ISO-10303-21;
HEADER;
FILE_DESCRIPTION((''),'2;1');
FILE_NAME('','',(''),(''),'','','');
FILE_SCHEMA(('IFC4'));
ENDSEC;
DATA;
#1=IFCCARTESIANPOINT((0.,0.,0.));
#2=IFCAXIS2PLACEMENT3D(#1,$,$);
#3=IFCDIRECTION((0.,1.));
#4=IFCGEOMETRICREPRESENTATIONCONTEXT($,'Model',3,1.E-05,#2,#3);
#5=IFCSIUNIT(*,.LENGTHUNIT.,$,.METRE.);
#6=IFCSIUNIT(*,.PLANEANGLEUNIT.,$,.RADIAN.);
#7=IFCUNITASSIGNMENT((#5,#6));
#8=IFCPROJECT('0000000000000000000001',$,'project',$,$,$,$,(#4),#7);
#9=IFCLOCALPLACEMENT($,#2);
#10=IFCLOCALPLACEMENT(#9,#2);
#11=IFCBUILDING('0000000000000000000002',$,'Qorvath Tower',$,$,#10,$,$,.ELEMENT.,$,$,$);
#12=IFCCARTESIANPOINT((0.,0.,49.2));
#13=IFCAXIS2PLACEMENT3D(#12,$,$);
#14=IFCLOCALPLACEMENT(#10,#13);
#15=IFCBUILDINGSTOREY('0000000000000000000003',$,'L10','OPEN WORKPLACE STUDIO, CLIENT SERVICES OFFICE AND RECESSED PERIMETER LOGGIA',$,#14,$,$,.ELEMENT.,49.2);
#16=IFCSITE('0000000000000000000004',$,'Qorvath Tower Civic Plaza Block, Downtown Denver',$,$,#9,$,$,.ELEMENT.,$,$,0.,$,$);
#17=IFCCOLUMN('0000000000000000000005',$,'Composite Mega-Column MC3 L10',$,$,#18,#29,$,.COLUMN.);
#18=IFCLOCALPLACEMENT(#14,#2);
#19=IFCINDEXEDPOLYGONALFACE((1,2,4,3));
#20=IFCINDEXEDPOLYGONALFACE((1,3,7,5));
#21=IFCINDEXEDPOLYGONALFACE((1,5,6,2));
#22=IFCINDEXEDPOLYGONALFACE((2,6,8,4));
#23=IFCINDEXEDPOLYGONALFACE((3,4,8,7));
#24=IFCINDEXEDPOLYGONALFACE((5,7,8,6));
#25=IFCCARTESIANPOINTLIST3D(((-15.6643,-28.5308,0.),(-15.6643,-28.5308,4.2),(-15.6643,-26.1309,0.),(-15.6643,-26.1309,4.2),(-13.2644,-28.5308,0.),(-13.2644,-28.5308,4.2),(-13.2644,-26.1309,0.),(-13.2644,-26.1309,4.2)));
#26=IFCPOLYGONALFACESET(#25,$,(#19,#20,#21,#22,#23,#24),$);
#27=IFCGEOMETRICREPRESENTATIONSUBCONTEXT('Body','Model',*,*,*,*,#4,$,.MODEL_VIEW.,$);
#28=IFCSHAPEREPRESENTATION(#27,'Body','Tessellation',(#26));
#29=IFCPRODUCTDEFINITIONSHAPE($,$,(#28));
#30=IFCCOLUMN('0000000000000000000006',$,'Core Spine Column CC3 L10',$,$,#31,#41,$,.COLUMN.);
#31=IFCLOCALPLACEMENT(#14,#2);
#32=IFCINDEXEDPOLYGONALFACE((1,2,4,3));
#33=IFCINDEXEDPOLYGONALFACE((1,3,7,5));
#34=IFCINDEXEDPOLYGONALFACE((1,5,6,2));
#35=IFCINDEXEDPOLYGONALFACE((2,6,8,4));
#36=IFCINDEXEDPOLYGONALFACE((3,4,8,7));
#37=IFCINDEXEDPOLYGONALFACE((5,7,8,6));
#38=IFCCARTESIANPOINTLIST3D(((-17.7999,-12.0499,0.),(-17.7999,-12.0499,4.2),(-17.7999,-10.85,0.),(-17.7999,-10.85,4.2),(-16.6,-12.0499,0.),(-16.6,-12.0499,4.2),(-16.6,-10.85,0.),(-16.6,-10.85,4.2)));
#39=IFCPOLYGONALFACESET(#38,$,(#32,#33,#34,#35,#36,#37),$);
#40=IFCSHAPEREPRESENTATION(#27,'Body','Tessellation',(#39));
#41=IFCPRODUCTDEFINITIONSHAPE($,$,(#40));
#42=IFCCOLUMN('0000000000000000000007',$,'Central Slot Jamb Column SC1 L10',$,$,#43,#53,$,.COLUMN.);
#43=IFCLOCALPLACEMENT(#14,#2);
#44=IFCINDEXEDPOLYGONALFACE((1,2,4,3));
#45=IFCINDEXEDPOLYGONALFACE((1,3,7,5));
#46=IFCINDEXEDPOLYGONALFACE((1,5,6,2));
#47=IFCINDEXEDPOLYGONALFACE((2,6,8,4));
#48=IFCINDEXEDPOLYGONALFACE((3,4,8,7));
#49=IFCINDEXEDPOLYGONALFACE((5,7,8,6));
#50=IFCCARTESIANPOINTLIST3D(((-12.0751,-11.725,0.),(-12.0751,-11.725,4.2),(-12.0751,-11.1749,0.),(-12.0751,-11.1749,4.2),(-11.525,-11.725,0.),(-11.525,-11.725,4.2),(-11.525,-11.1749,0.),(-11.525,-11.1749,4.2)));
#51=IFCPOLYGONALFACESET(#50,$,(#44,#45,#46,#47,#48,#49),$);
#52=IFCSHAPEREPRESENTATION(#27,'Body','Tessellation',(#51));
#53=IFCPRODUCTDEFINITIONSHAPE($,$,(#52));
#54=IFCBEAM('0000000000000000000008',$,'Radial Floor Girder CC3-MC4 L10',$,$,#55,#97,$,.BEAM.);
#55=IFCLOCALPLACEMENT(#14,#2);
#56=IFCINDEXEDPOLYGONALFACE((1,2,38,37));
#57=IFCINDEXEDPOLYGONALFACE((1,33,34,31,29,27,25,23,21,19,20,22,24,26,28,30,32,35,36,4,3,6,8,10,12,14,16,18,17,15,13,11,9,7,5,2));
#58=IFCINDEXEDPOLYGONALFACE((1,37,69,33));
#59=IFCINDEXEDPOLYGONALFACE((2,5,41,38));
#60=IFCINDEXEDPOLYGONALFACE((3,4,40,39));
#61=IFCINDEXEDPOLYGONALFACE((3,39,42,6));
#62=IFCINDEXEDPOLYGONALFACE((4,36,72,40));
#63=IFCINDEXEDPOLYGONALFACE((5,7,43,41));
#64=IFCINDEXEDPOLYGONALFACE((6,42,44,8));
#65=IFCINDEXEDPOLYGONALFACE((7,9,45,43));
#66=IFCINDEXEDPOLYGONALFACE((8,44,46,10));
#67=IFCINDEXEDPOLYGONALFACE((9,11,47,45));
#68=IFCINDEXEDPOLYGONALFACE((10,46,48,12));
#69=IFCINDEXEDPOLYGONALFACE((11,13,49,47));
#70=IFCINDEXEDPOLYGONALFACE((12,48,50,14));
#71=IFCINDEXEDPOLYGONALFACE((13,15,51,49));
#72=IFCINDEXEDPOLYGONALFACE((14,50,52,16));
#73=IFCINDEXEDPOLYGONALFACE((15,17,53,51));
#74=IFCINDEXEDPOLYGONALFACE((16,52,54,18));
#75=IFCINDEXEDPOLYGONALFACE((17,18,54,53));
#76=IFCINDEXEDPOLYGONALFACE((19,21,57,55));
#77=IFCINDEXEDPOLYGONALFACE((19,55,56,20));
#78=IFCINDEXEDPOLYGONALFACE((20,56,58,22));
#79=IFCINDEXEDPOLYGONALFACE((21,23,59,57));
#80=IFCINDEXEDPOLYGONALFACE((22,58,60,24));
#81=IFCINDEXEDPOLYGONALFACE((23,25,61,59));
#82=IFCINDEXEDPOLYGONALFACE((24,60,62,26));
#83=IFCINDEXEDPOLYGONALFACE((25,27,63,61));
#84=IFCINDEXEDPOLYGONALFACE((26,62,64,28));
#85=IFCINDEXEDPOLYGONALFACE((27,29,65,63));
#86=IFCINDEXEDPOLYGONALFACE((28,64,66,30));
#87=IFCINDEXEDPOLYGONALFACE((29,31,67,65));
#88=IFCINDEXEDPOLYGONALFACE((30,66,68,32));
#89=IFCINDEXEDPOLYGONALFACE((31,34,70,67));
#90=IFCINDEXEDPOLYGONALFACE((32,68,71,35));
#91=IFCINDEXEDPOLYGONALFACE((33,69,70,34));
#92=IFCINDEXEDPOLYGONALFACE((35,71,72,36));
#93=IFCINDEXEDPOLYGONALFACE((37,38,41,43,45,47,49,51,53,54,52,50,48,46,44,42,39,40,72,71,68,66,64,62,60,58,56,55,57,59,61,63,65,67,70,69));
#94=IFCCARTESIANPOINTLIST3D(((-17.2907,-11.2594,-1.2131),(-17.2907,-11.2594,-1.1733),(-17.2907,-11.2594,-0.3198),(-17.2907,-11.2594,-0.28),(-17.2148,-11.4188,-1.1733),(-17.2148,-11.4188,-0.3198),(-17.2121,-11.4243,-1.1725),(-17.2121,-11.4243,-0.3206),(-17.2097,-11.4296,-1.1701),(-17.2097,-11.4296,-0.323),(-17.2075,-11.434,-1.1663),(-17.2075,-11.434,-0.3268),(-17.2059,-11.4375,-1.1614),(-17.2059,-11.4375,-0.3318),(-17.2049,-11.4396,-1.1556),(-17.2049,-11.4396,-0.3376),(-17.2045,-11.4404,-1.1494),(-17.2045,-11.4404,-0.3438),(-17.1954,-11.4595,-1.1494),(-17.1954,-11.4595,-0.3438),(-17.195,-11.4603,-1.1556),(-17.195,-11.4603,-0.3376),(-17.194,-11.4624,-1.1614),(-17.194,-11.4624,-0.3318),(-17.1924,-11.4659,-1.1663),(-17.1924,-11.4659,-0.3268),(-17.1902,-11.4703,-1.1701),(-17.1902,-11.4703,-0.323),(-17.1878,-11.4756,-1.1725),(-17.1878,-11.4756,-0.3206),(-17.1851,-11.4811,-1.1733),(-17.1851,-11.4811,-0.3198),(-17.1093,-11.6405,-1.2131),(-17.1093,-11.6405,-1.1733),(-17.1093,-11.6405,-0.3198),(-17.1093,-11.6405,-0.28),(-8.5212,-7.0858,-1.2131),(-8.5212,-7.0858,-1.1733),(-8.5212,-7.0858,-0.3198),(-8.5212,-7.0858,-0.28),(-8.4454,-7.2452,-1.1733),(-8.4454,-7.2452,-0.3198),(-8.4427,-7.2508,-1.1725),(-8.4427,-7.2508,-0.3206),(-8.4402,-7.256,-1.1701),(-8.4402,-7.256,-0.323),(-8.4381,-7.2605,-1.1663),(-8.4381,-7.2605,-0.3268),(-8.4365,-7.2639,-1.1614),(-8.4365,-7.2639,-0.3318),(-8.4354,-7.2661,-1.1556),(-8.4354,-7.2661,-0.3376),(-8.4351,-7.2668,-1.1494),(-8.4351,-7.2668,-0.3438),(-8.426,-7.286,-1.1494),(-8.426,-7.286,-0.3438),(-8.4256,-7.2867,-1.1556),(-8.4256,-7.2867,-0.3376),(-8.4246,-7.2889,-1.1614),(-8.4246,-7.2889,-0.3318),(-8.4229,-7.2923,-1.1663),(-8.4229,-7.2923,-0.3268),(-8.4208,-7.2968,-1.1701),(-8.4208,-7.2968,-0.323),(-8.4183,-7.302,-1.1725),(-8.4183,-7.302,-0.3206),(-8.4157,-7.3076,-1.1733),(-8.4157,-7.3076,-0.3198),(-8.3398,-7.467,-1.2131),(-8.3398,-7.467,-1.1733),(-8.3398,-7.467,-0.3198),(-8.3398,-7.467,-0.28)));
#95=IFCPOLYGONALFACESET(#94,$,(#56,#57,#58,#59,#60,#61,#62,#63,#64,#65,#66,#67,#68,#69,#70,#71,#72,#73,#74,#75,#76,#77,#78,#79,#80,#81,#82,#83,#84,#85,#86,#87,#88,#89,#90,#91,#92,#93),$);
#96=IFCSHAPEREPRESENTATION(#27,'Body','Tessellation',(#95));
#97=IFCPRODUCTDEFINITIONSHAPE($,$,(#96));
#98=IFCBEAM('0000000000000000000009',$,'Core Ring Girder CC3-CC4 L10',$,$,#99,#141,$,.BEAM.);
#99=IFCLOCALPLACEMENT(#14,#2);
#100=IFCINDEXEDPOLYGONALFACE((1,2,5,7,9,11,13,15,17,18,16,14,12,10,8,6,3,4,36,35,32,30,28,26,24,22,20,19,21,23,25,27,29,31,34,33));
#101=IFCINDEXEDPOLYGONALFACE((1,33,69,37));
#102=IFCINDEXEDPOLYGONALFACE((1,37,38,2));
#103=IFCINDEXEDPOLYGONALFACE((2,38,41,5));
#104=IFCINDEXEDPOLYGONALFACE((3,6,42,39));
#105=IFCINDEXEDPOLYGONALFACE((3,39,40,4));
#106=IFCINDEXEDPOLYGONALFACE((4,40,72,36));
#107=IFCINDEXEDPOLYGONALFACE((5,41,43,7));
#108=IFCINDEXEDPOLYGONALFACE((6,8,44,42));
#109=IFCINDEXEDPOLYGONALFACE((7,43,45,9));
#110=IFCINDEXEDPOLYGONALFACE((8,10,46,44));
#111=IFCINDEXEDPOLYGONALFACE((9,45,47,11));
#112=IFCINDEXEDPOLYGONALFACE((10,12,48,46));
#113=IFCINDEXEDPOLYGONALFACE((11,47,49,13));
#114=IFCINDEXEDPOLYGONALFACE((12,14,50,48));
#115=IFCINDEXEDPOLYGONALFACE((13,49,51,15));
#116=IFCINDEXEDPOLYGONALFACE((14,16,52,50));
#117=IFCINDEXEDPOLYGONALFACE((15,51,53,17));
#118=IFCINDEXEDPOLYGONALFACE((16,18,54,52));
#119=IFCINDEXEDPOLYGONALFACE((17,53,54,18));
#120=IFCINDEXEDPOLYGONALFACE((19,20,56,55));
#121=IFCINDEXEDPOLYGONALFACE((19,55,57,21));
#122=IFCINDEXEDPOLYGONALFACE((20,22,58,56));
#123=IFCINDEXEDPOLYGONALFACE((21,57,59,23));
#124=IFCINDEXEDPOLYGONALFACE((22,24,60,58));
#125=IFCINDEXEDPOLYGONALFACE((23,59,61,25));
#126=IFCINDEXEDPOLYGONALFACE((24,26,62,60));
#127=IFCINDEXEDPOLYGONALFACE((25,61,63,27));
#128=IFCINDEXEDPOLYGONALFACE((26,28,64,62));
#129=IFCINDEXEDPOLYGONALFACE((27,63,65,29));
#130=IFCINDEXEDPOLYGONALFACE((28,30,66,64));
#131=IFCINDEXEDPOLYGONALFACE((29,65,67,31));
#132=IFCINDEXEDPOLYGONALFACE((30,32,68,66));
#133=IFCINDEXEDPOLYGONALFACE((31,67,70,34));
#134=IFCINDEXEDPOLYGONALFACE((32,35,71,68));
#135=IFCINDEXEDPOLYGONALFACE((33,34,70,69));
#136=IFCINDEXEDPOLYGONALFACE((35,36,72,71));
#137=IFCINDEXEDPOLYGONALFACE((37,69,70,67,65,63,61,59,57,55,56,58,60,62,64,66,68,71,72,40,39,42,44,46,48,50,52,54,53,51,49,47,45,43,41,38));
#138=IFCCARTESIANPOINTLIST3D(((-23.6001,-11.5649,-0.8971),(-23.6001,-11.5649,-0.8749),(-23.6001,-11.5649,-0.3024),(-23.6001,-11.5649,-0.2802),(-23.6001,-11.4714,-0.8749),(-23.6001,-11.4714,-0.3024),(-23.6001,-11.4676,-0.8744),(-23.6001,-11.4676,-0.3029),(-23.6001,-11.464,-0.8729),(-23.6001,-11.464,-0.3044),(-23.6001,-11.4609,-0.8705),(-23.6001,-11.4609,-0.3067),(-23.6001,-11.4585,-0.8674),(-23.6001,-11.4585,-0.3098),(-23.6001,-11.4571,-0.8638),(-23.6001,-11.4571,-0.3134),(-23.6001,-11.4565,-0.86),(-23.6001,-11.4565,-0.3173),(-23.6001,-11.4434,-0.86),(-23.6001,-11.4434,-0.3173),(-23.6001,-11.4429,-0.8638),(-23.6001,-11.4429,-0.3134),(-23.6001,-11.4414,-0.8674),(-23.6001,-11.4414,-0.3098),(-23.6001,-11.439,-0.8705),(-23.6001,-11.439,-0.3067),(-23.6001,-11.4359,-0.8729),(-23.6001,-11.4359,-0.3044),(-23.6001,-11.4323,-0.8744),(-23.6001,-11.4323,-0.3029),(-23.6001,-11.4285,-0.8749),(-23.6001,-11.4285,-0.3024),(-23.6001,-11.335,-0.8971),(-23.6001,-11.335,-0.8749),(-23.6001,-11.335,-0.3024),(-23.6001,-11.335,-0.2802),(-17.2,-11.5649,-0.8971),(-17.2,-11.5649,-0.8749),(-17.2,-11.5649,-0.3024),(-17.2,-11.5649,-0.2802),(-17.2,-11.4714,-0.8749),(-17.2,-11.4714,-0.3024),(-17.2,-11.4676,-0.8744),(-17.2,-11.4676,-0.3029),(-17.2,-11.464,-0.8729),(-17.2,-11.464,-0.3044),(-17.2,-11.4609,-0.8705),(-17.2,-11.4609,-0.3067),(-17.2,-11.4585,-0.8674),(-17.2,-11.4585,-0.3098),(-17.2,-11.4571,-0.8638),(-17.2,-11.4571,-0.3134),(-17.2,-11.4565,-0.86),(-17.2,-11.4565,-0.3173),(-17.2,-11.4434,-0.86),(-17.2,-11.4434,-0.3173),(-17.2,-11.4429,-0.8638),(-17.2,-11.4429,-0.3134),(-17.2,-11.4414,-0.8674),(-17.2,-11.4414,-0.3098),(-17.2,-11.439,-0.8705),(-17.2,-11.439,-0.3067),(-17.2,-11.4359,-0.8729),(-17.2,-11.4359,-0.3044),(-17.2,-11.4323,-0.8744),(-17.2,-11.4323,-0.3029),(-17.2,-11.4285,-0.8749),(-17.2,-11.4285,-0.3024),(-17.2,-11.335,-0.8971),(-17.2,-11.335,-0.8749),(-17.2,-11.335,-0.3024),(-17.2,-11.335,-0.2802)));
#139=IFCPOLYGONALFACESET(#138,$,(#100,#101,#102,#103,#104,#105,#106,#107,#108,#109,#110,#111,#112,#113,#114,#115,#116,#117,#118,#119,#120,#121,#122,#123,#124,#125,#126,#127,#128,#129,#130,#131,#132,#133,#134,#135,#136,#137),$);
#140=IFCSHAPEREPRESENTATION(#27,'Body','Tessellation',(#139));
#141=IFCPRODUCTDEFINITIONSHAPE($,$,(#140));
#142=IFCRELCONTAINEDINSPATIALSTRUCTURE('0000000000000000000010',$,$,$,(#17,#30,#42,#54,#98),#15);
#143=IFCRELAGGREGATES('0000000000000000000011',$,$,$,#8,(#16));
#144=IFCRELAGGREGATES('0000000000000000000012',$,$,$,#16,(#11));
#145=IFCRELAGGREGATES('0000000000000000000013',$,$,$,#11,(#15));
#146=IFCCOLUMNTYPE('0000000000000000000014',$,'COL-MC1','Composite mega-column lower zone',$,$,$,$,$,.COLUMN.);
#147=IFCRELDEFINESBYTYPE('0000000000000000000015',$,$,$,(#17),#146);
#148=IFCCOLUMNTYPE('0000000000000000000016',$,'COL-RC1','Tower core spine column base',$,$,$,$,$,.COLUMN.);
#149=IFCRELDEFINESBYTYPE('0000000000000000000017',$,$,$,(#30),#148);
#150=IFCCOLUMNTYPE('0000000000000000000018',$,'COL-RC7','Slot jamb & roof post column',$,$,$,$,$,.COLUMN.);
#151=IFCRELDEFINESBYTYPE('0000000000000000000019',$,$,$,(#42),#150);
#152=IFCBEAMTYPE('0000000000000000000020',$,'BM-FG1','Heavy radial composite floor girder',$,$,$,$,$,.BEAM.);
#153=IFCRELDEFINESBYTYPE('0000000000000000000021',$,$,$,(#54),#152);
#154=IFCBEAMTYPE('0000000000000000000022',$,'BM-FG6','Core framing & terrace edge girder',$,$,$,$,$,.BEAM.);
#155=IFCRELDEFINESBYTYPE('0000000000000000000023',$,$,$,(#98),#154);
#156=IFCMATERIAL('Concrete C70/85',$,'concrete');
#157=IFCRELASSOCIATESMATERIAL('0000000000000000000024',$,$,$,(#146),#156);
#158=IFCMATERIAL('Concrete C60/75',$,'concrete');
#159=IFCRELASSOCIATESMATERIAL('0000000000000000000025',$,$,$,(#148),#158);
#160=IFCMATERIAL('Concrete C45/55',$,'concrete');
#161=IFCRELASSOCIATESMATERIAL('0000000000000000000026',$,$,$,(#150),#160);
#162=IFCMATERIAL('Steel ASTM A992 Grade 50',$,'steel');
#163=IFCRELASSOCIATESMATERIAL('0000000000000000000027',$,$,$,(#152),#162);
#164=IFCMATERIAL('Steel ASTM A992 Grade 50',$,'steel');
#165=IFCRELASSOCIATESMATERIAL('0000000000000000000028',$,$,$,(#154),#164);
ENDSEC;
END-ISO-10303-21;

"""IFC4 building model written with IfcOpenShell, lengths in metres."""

from ifc_helpers import new_model, si_unit, direction, frame, origin, origin_2d, place, context, subcontext, project, spatial, rectangle, i_section, extrude, material, material_profile, profile_set, type_object, element, save


model = new_model("IFC4")

# Units and contexts
model_context = context("Model", 3, precision=1e-05, world=origin(), true_north=direction((0.0, 1.0)))
body_context = subcontext(model_context, "Body", "Model", "MODEL_VIEW")
ifc_project = project(units=[si_unit("LENGTHUNIT", "METRE"), si_unit("PLANEANGLEUNIT", "RADIAN")], contexts=[model_context])

# Site, building, storey
site_placement = place(None, origin())
site = spatial("IfcSite", under=ifc_project, at=site_placement, Name="Qorvath Tower Civic Plaza Block, Downtown Denver", CompositionType="ELEMENT", RefElevation=0.0)
building_placement = place(site_placement, origin())
building = spatial("IfcBuilding", under=site, at=building_placement, Name="Qorvath Tower", CompositionType="ELEMENT")
storey_placement = place(building_placement, frame((0.0, 0.0, 49.2)))
storey = spatial("IfcBuildingStorey", under=building, at=storey_placement, Name="L10", Description="OPEN WORKPLACE STUDIO, CLIENT SERVICES OFFICE AND RECESSED PERIMETER LOGGIA", CompositionType="ELEMENT", Elevation=49.2)

# Columns
ifc_material_1 = material(Name="Concrete C70/85", Category="concrete")
ifc_material_profile_1 = material_profile(ifc_material_1, rectangle(XDim=2.3999, YDim=2.3999, at=origin_2d()), Name="MC 2400x2400")
ifc_profile_set_1 = profile_set([ifc_material_profile_1], Name="Concrete C70/85")
column_type_1 = type_object("IfcColumnType", Name="COL-MC1", Description="Composite mega-column lower zone", PredefinedType="COLUMN", material=ifc_profile_set_1)
column_1_placement = place(storey_placement, frame((-14.4644, -27.3308, 0.0), z_axis=(0.0, 0.0, 1.0), x_axis=(1.0, 0.0, 0.0)))
element("IfcColumn", 1, at=column_1_placement, inside=storey, type_object=column_type_1, Name="Composite Mega-Column MC3 L10", PredefinedType="COLUMN", context=body_context, shape_type="SweptSolid", body=[
    extrude(rectangle(XDim=2.3999, YDim=2.3999, at=origin_2d()), origin(), (0.0, 0.0, 1.0), 4.2),
])
ifc_material_2 = material(Name="Concrete C60/75", Category="concrete")
ifc_material_profile_2 = material_profile(ifc_material_2, rectangle(XDim=1.2, YDim=1.2, at=origin_2d()), Name="RC 1200x1200")
ifc_profile_set_2 = profile_set([ifc_material_profile_2], Name="Concrete C60/75")
column_type_2 = type_object("IfcColumnType", Name="COL-RC1", Description="Tower core spine column base", PredefinedType="COLUMN", material=ifc_profile_set_2)
column_2_placement = place(storey_placement, frame((-17.2, -11.45, 0.0), z_axis=(0.0, 0.0, 1.0), x_axis=(1.0, 0.0, 0.0)))
element("IfcColumn", 2, at=column_2_placement, inside=storey, type_object=column_type_2, Name="Core Spine Column CC3 L10", PredefinedType="COLUMN", context=body_context, shape_type="SweptSolid", body=[
    extrude(rectangle(XDim=1.2, YDim=1.2, at=origin_2d()), origin(), (0.0, 0.0, 1.0), 4.2),
])
ifc_material_3 = material(Name="Concrete C45/55", Category="concrete")
ifc_material_profile_3 = material_profile(ifc_material_3, rectangle(XDim=0.55, YDim=0.55, at=origin_2d()), Name="RC 550x550")
ifc_profile_set_3 = profile_set([ifc_material_profile_3], Name="Concrete C45/55")
column_type_3 = type_object("IfcColumnType", Name="COL-RC7", Description="Slot jamb & roof post column", PredefinedType="COLUMN", material=ifc_profile_set_3)
column_3_placement = place(storey_placement, frame((-11.8, -11.45, 0.0), z_axis=(0.0, 0.0, 1.0), x_axis=(1.0, 0.0, 0.0)))
element("IfcColumn", 3, at=column_3_placement, inside=storey, type_object=column_type_3, Name="Central Slot Jamb Column SC1 L10", PredefinedType="COLUMN", context=body_context, shape_type="SweptSolid", body=[
    extrude(rectangle(XDim=0.55, YDim=0.55, at=origin_2d()), origin(), (0.0, 0.0, 1.0), 4.2),
])

# Beams
ifc_material_4 = material(Name="Steel ASTM A992 Grade 50", Category="steel")
ifc_material_profile_4 = material_profile(ifc_material_4, i_section(OverallWidth=0.4221, OverallDepth=0.9331, WebThickness=0.0212, FlangeThickness=0.0398, FilletRadius=0.0239, at=origin_2d()), Name="W36x262")
ifc_profile_set_4 = profile_set([ifc_material_profile_4], Name="Steel ASTM A992 Grade 50")
beam_type_1 = type_object("IfcBeamType", Name="BM-FG1", Description="Heavy radial composite floor girder", PredefinedType="BEAM", material=ifc_profile_set_4)
beam_1_placement = place(storey_placement, frame((-17.2, -11.45, -0.7466), z_axis=(0.902956, 0.429734, 0.0), x_axis=(-0.429734, 0.902956, 0.0)))
element("IfcBeam", 4, at=beam_1_placement, inside=storey, type_object=beam_type_1, Name="Radial Floor Girder CC3-MC4 L10", PredefinedType="BEAM", context=body_context, shape_type="SweptSolid", body=[
    extrude(i_section(OverallWidth=0.4221, OverallDepth=0.9331, WebThickness=0.0212, FlangeThickness=0.0398, FilletRadius=0.0239, at=origin_2d()), origin(), (0.0, 0.0, 1.0), 9.7119),
])
ifc_material_5 = material(Name="Steel ASTM A992 Grade 50", Category="steel")
ifc_material_profile_5 = material_profile(ifc_material_5, i_section(OverallWidth=0.23, OverallDepth=0.6169, WebThickness=0.0132, FlangeThickness=0.0222, FilletRadius=0.0149, at=origin_2d()), Name="W24x94")
ifc_profile_set_5 = profile_set([ifc_material_profile_5], Name="Steel ASTM A992 Grade 50")
beam_type_2 = type_object("IfcBeamType", Name="BM-FG6", Description="Core framing & terrace edge girder", PredefinedType="BEAM", material=ifc_profile_set_5)
beam_2_placement = place(storey_placement, frame((-17.2, -11.45, -0.5886), z_axis=(-1.0, 0.0, 0.0), x_axis=(0.0, -1.0, 0.0)))
element("IfcBeam", 5, at=beam_2_placement, inside=storey, type_object=beam_type_2, Name="Core Ring Girder CC3-CC4 L10", PredefinedType="BEAM", context=body_context, shape_type="SweptSolid", body=[
    extrude(i_section(OverallWidth=0.23, OverallDepth=0.6169, WebThickness=0.0132, FlangeThickness=0.0222, FilletRadius=0.0149, at=origin_2d()), origin(), (0.0, 0.0, 1.0), 6.4001),
])

save(model, "model.ifc")
